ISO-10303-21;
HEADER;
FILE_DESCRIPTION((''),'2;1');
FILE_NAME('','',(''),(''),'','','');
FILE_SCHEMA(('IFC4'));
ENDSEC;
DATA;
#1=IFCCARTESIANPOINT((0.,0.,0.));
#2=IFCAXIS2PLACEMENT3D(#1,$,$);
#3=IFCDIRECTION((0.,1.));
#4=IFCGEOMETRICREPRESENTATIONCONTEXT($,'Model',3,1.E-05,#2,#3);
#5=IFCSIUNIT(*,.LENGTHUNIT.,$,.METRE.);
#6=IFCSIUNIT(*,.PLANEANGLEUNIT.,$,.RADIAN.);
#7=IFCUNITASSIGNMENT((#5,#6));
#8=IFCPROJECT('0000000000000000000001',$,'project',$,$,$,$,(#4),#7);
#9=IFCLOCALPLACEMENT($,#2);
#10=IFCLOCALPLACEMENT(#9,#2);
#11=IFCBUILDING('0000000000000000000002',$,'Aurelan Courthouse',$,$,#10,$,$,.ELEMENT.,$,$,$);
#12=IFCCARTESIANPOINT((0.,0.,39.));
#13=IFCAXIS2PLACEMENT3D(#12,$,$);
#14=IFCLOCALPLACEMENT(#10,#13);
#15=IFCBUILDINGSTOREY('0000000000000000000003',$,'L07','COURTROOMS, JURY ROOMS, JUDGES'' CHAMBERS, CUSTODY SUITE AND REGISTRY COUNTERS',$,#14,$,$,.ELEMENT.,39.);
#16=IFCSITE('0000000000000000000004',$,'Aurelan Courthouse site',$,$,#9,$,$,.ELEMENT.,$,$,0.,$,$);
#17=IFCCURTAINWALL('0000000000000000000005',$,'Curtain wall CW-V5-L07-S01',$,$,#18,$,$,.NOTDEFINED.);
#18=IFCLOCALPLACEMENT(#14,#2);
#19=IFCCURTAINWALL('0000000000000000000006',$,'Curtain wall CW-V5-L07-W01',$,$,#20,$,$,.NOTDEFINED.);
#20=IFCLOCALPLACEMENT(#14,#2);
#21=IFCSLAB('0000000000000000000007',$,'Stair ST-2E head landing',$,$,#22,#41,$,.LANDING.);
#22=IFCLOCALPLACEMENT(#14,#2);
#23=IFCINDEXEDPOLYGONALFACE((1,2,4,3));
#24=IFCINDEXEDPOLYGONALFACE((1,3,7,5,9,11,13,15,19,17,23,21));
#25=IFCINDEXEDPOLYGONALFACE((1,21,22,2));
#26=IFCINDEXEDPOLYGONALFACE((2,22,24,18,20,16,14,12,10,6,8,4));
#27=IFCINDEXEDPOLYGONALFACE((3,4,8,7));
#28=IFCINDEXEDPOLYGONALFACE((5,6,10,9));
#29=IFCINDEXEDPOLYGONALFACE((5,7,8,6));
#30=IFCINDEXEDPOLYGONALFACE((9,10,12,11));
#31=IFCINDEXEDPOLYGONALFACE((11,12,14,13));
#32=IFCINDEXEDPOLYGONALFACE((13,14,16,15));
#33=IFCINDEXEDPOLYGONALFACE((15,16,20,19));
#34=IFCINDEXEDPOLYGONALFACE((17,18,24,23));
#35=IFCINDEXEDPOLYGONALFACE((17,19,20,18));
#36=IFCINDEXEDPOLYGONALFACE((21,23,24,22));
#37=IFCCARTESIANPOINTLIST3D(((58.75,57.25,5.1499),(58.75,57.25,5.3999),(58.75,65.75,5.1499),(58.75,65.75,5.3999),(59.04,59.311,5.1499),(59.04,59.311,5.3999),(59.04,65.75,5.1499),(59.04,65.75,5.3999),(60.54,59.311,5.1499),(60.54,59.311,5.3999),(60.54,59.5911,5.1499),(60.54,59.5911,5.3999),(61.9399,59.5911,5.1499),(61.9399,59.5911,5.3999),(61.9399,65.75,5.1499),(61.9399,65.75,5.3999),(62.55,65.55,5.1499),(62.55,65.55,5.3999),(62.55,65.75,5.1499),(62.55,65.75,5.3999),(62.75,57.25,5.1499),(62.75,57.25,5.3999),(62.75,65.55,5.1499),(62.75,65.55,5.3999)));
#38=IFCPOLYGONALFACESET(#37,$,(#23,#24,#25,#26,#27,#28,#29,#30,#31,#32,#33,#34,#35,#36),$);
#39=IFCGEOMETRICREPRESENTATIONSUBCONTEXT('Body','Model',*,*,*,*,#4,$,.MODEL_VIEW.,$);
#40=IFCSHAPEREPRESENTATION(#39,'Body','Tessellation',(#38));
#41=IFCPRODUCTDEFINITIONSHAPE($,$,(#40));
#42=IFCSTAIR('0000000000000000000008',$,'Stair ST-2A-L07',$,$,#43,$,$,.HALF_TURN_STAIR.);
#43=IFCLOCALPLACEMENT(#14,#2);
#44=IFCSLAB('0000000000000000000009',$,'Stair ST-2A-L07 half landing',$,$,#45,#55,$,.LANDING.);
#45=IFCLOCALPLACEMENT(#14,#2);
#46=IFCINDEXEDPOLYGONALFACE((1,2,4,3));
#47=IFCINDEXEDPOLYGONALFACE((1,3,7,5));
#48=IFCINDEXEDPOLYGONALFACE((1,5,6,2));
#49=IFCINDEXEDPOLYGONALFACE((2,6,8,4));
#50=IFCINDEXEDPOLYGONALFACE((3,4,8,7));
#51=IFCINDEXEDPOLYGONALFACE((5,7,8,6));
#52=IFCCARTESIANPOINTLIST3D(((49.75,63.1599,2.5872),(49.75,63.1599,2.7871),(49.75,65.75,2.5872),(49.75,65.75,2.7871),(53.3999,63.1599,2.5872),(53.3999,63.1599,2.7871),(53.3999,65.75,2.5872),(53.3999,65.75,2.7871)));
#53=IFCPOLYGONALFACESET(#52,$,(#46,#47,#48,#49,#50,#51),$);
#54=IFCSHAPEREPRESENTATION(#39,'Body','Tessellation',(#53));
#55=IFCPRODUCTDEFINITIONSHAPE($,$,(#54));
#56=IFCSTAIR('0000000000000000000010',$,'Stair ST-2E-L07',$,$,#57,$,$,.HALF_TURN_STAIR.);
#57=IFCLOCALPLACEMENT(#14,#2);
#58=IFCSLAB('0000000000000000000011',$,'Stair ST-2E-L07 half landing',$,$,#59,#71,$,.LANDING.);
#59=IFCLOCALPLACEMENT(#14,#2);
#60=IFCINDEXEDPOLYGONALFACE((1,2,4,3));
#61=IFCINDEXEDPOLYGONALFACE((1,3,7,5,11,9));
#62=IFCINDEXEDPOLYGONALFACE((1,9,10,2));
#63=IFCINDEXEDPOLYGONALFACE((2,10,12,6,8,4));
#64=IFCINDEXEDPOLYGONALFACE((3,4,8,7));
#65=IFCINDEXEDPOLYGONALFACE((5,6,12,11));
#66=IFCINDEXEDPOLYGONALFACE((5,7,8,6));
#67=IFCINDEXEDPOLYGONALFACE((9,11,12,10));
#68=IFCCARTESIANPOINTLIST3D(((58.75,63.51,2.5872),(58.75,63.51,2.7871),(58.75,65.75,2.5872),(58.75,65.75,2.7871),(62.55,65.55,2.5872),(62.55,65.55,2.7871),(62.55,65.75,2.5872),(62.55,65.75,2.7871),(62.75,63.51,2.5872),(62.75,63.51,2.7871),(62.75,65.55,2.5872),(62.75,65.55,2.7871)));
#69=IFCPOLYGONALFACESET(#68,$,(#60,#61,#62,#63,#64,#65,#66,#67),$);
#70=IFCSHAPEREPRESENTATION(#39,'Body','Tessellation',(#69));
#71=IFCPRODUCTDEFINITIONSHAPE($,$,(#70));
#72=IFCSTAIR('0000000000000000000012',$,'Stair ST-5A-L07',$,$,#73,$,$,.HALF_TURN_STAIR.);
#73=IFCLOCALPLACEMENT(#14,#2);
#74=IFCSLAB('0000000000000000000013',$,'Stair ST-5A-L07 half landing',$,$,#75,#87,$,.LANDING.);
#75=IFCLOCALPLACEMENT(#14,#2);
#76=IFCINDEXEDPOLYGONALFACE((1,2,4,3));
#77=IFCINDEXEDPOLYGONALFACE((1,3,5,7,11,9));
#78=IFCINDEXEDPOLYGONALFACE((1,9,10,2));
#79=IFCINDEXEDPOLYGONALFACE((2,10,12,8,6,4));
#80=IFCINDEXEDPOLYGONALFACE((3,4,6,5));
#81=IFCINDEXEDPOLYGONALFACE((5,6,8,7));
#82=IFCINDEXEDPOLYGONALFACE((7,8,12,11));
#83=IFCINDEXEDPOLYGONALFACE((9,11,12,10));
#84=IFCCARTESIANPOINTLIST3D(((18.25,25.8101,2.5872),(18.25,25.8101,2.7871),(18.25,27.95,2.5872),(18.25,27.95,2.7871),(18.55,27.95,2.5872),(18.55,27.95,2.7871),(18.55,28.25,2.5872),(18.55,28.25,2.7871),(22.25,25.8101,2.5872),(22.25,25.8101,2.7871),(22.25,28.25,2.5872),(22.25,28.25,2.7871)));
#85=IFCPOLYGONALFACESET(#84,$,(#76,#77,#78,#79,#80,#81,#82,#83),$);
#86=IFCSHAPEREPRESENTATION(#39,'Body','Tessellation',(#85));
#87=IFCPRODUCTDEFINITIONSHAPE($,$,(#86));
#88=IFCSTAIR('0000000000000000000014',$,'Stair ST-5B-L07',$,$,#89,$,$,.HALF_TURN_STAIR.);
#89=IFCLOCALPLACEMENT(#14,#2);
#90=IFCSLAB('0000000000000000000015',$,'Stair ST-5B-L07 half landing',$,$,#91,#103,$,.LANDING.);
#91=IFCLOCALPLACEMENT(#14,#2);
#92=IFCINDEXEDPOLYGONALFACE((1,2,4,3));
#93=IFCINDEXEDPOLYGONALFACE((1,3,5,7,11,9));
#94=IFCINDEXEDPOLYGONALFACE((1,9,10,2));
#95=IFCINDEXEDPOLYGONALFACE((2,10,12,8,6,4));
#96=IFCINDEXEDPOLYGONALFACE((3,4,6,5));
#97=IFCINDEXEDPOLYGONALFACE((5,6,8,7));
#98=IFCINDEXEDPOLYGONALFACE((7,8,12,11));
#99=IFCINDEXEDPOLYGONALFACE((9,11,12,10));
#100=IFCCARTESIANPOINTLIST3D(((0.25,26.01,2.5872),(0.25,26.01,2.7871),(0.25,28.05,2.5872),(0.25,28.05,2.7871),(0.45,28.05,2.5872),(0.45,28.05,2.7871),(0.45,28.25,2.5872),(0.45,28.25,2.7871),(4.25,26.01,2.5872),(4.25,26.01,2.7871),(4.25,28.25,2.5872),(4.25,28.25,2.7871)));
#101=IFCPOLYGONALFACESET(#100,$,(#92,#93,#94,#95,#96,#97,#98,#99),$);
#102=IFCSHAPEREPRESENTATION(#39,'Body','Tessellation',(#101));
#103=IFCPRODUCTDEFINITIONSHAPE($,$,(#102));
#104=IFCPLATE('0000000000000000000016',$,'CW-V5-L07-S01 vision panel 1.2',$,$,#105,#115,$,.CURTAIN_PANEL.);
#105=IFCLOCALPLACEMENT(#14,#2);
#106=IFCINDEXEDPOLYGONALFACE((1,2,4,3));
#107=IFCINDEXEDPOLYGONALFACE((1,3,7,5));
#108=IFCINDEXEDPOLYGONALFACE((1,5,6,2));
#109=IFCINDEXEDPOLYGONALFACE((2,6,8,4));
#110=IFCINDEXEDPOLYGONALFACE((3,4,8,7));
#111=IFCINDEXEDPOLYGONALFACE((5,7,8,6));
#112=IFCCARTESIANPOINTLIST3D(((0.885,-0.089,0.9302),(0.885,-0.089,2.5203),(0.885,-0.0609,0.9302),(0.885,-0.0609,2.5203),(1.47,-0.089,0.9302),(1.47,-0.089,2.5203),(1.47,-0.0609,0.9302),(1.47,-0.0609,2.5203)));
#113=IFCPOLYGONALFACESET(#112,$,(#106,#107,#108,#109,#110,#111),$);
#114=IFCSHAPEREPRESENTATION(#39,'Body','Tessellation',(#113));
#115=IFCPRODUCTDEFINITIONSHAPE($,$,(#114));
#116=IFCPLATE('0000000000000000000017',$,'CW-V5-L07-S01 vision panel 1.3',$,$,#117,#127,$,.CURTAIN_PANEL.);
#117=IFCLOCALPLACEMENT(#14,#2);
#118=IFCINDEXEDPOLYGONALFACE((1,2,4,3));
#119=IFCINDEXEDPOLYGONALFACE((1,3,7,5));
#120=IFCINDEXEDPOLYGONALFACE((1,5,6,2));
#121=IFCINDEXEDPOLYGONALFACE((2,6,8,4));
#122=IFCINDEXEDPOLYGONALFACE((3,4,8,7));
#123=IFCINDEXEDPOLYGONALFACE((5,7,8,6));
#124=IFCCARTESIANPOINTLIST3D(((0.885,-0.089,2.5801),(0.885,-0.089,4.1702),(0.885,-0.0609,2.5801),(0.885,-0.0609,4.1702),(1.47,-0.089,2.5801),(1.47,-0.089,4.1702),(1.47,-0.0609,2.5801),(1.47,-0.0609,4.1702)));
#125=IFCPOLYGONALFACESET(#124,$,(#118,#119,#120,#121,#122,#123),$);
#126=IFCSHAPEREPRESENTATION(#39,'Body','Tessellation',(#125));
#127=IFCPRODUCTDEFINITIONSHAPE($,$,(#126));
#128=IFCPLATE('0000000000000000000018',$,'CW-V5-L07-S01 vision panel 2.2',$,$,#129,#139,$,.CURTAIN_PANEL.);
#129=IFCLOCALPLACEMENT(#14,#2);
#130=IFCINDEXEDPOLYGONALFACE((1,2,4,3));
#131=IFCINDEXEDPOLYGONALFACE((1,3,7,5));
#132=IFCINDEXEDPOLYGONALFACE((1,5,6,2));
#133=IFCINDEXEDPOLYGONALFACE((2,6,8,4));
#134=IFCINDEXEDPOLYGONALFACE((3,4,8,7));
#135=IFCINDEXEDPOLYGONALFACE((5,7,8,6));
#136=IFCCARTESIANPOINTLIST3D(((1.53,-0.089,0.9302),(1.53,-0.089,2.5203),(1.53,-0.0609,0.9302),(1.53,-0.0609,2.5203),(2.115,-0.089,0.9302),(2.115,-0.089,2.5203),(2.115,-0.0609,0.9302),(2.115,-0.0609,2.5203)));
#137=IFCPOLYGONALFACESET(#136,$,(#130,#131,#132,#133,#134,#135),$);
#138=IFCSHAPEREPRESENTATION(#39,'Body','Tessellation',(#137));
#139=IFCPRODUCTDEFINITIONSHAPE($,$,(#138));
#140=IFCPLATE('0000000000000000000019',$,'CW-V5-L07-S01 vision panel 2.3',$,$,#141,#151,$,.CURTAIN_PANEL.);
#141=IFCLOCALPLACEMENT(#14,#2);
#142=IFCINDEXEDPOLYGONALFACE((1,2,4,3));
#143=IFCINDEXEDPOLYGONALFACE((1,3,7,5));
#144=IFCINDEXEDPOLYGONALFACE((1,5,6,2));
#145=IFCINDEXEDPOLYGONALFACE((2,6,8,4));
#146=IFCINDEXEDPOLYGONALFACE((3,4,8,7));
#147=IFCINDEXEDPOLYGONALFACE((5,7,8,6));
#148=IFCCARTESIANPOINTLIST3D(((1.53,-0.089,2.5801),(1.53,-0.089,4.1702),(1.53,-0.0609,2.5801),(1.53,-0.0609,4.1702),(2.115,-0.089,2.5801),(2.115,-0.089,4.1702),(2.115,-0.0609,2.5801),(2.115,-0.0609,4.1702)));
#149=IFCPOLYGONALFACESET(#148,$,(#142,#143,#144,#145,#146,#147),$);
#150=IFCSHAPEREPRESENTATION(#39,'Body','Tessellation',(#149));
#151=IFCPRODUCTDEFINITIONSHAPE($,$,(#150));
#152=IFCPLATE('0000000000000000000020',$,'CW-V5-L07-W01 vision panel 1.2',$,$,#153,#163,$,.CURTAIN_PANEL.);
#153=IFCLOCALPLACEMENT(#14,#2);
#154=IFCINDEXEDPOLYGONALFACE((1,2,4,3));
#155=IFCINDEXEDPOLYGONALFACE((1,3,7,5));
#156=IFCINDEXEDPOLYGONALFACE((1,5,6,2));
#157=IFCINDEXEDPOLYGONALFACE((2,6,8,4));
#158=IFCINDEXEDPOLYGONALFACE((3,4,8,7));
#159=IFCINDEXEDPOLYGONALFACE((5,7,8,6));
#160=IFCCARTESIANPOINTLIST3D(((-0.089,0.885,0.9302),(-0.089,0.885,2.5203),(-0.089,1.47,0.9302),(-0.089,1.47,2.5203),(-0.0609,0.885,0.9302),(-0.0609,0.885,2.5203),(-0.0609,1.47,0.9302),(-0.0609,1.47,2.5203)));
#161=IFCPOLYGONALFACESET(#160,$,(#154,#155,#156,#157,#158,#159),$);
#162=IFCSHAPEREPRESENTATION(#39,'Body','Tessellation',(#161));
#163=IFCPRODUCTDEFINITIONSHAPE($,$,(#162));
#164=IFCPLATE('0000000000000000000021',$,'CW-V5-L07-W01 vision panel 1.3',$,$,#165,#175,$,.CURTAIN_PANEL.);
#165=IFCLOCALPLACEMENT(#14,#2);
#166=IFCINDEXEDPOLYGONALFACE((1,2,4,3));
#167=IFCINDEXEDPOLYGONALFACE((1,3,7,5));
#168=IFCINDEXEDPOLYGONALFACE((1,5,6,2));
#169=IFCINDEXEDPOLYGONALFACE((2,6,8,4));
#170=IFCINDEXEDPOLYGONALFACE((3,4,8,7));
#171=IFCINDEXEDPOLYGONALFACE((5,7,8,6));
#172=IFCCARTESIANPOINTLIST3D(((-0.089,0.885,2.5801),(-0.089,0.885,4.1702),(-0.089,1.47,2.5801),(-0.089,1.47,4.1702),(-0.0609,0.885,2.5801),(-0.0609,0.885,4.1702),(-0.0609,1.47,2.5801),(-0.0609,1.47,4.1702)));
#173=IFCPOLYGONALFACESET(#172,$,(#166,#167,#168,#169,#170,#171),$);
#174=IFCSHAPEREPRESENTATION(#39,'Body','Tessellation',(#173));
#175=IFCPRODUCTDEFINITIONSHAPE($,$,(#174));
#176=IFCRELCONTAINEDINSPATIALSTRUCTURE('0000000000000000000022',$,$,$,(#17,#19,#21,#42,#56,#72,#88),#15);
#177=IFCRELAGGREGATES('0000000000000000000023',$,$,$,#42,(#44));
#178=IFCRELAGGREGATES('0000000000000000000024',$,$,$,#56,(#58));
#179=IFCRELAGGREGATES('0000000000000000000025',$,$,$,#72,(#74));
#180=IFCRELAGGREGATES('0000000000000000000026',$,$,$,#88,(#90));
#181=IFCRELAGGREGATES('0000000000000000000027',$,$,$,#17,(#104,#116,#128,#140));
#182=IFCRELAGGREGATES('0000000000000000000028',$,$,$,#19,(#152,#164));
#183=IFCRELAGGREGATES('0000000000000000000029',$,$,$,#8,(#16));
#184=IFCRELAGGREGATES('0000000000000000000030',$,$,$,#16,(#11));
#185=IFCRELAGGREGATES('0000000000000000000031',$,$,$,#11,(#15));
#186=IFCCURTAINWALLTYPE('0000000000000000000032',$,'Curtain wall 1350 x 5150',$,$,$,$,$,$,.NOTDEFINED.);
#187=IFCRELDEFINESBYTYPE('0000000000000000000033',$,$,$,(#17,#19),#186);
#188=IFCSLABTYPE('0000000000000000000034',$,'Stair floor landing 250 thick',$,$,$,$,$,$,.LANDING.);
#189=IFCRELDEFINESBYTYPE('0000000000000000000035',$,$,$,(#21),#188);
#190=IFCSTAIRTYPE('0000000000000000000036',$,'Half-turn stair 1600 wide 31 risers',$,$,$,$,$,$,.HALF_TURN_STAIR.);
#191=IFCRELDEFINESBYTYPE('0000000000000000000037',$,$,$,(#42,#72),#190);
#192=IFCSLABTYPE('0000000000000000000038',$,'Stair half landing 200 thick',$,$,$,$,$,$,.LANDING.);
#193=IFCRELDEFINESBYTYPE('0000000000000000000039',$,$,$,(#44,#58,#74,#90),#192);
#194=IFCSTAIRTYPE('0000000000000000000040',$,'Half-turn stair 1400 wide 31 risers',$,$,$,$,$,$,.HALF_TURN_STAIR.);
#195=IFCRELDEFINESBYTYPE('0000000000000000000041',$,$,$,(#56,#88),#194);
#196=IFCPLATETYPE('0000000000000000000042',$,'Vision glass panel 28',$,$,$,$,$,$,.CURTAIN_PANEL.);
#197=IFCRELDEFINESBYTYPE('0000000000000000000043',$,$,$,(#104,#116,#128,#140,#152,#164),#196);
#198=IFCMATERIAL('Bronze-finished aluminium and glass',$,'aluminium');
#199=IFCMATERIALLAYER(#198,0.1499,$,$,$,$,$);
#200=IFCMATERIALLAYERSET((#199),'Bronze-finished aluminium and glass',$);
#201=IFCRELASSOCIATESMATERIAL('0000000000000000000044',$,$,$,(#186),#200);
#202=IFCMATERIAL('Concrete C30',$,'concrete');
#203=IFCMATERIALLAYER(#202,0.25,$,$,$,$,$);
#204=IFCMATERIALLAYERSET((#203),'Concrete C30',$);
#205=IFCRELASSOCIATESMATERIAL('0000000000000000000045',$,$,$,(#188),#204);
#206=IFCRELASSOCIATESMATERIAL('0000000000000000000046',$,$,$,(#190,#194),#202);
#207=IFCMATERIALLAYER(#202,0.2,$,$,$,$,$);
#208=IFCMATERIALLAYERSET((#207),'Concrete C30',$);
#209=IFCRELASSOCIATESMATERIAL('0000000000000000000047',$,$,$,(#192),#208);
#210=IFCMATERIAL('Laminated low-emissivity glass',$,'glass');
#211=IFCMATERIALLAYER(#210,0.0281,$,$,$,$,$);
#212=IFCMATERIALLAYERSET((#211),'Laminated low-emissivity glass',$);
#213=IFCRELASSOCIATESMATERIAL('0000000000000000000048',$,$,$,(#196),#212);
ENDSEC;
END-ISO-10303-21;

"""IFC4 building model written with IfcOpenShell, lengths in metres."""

from ifc_helpers import new_model, si_unit, direction, frame, origin, origin_2d, place, context, subcontext, project, spatial, polyline, rectangle, outline, extrude, material, layer, layer_set, type_object, element, aggregate, save


model = new_model("IFC4")

# Units and contexts
model_context = context("Model", 3, precision=1e-05, world=origin(), true_north=direction((0.0, 1.0)))
body_context = subcontext(model_context, "Body", "Model", "MODEL_VIEW")
ifc_project = project(units=[si_unit("LENGTHUNIT", "METRE"), si_unit("PLANEANGLEUNIT", "RADIAN")], contexts=[model_context])

# Site, building, storey
site_placement = place(None, origin())
site = spatial("IfcSite", under=ifc_project, at=site_placement, Name="Aurelan Courthouse site", CompositionType="ELEMENT", RefElevation=0.0)
building_placement = place(site_placement, origin())
building = spatial("IfcBuilding", under=site, at=building_placement, Name="Aurelan Courthouse", CompositionType="ELEMENT")
storey_placement = place(building_placement, frame((0.0, 0.0, 39.0)))
storey = spatial("IfcBuildingStorey", under=building, at=storey_placement, Name="L07", Description="COURTROOMS, JURY ROOMS, JUDGES' CHAMBERS, CUSTODY SUITE AND REGISTRY COUNTERS", CompositionType="ELEMENT", Elevation=39.0)

# Curtain walls
ifc_material_1 = material(Name="Bronze-finished aluminium and glass", Category="aluminium")
ifc_layer_1 = layer(ifc_material_1, 0.1499)
ifc_layer_set_1 = layer_set([ifc_layer_1], Name="Bronze-finished aluminium and glass")
curtain_wall_type = type_object("IfcCurtainWallType", Name="Curtain wall 1350 x 5150", PredefinedType="NOTDEFINED", material=ifc_layer_set_1)
curtain_wall_1_placement = place(storey_placement, origin())
curtain_wall_1 = element("IfcCurtainWall", 1, at=curtain_wall_1_placement, inside=storey, type_object=curtain_wall_type, Name="Curtain wall CW-V5-L07-S01", PredefinedType="NOTDEFINED")
curtain_wall_2_placement = place(storey_placement, origin())
curtain_wall_2 = element("IfcCurtainWall", 2, at=curtain_wall_2_placement, inside=storey, type_object=curtain_wall_type, Name="Curtain wall CW-V5-L07-W01", PredefinedType="NOTDEFINED")

# Slab
ifc_material_2 = material(Name="Concrete C30", Category="concrete")
ifc_layer_2 = layer(ifc_material_2, 0.25)
ifc_layer_set_2 = layer_set([ifc_layer_2], Name="Concrete C30")
slab_type_1 = type_object("IfcSlabType", Name="Stair floor landing 250 thick", PredefinedType="LANDING", material=ifc_layer_set_2)
slab_1_placement = place(storey_placement, frame((0.0, 0.0, 5.1499)))
element("IfcSlab", 3, at=slab_1_placement, inside=storey, type_object=slab_type_1, Name="Stair ST-2E head landing", PredefinedType="LANDING", context=body_context, shape_type="SweptSolid", body=[
    extrude(outline(polyline([(59.04, 59.311), (60.54, 59.311), (60.54, 59.5911), (61.9399, 59.5911), (61.9399, 65.75), (62.55, 65.75), (62.55, 65.55), (62.75, 65.55), (62.75, 57.25), (58.75, 57.25), (58.75, 65.75), (59.04, 65.75), (59.04, 59.311)])), origin(), (0.0, 0.0, 1.0), 0.25),
])

# Stairs, slabs
stair_type_1 = type_object("IfcStairType", Name="Half-turn stair 1600 wide 31 risers", PredefinedType="HALF_TURN_STAIR", material=ifc_material_2)
stair_1_placement = place(storey_placement, origin())
stair_1 = element("IfcStair", 4, at=stair_1_placement, inside=storey, type_object=stair_type_1, Name="Stair ST-2A-L07", PredefinedType="HALF_TURN_STAIR")
ifc_layer_3 = layer(ifc_material_2, 0.2)
ifc_layer_set_3 = layer_set([ifc_layer_3], Name="Concrete C30")
slab_type_2 = type_object("IfcSlabType", Name="Stair half landing 200 thick", PredefinedType="LANDING", material=ifc_layer_set_3)
slab_2_placement = place(storey_placement, frame((0.0, 0.0, 2.5872)))
slab_2 = element("IfcSlab", 5, at=slab_2_placement, type_object=slab_type_2, Name="Stair ST-2A-L07 half landing", PredefinedType="LANDING", context=body_context, shape_type="SweptSolid", body=[
    extrude(outline(polyline([(49.75, 63.1599), (49.75, 65.75), (53.3999, 65.75), (53.3999, 63.1599), (49.75, 63.1599)])), origin(), (0.0, 0.0, 1.0), 0.2),
])
aggregate(stair_1, [slab_2])
stair_type_2 = type_object("IfcStairType", Name="Half-turn stair 1400 wide 31 risers", PredefinedType="HALF_TURN_STAIR", material=ifc_material_2)
stair_2_placement = place(storey_placement, origin())
stair_2 = element("IfcStair", 6, at=stair_2_placement, inside=storey, type_object=stair_type_2, Name="Stair ST-2E-L07", PredefinedType="HALF_TURN_STAIR")
slab_3_placement = place(storey_placement, frame((0.0, 0.0, 2.5872)))
slab_3 = element("IfcSlab", 7, at=slab_3_placement, type_object=slab_type_2, Name="Stair ST-2E-L07 half landing", PredefinedType="LANDING", context=body_context, shape_type="SweptSolid", body=[
    extrude(outline(polyline([(58.75, 65.75), (62.55, 65.75), (62.55, 65.55), (62.75, 65.55), (62.75, 63.51), (58.75, 63.51), (58.75, 65.75)])), origin(), (0.0, 0.0, 1.0), 0.2),
])
aggregate(stair_2, [slab_3])
stair_3_placement = place(storey_placement, origin())
stair_3 = element("IfcStair", 8, at=stair_3_placement, inside=storey, type_object=stair_type_1, Name="Stair ST-5A-L07", PredefinedType="HALF_TURN_STAIR")
slab_4_placement = place(storey_placement, frame((0.0, 0.0, 2.5872)))
slab_4 = element("IfcSlab", 9, at=slab_4_placement, type_object=slab_type_2, Name="Stair ST-5A-L07 half landing", PredefinedType="LANDING", context=body_context, shape_type="SweptSolid", body=[
    extrude(outline(polyline([(18.25, 27.95), (18.55, 27.95), (18.55, 28.25), (22.25, 28.25), (22.25, 25.8101), (18.25, 25.8101), (18.25, 27.95)])), origin(), (0.0, 0.0, 1.0), 0.2),
])
aggregate(stair_3, [slab_4])
stair_4_placement = place(storey_placement, origin())
stair_4 = element("IfcStair", 10, at=stair_4_placement, inside=storey, type_object=stair_type_2, Name="Stair ST-5B-L07", PredefinedType="HALF_TURN_STAIR")
slab_5_placement = place(storey_placement, frame((0.0, 0.0, 2.5872)))
slab_5 = element("IfcSlab", 11, at=slab_5_placement, type_object=slab_type_2, Name="Stair ST-5B-L07 half landing", PredefinedType="LANDING", context=body_context, shape_type="SweptSolid", body=[
    extrude(outline(polyline([(4.25, 28.25), (4.25, 26.01), (0.25, 26.01), (0.25, 28.05), (0.45, 28.05), (0.45, 28.25), (4.25, 28.25)])), origin(), (0.0, 0.0, 1.0), 0.2),
])
aggregate(stair_4, [slab_5])

# Plates
ifc_material_3 = material(Name="Laminated low-emissivity glass", Category="glass")
ifc_layer_4 = layer(ifc_material_3, 0.0281)
ifc_layer_set_4 = layer_set([ifc_layer_4], Name="Laminated low-emissivity glass")
plate_type_1 = type_object("IfcPlateType", Name="Vision glass panel 28", PredefinedType="CURTAIN_PANEL", material=ifc_layer_set_4)
plate_1_placement = place(storey_placement, frame((1.1775, -0.075, 0.9302), z_axis=(0.0, 0.0, 1.0), x_axis=(1.0, 0.0, 0.0)))
plate_1 = element("IfcPlate", 12, at=plate_1_placement, type_object=plate_type_1, Name="CW-V5-L07-S01 vision panel 1.2", PredefinedType="CURTAIN_PANEL", context=body_context, shape_type="SweptSolid", body=[
    extrude(rectangle(XDim=0.585, YDim=0.0281, at=origin_2d()), origin(), (0.0, 0.0, 1.0), 1.5901),
])
plate_2_placement = place(storey_placement, frame((1.1775, -0.075, 2.5801), z_axis=(0.0, 0.0, 1.0), x_axis=(1.0, 0.0, 0.0)))
plate_2 = element("IfcPlate", 13, at=plate_2_placement, type_object=plate_type_1, Name="CW-V5-L07-S01 vision panel 1.3", PredefinedType="CURTAIN_PANEL", context=body_context, shape_type="SweptSolid", body=[
    extrude(rectangle(XDim=0.585, YDim=0.0281, at=origin_2d()), origin(), (0.0, 0.0, 1.0), 1.5901),
])
plate_3_placement = place(storey_placement, frame((1.8225, -0.075, 0.9302), z_axis=(0.0, 0.0, 1.0), x_axis=(1.0, 0.0, 0.0)))
plate_3 = element("IfcPlate", 14, at=plate_3_placement, type_object=plate_type_1, Name="CW-V5-L07-S01 vision panel 2.2", PredefinedType="CURTAIN_PANEL", context=body_context, shape_type="SweptSolid", body=[
    extrude(rectangle(XDim=0.585, YDim=0.0281, at=origin_2d()), origin(), (0.0, 0.0, 1.0), 1.5901),
])
plate_4_placement = place(storey_placement, frame((1.8225, -0.075, 2.5801), z_axis=(0.0, 0.0, 1.0), x_axis=(1.0, 0.0, 0.0)))
plate_4 = element("IfcPlate", 15, at=plate_4_placement, type_object=plate_type_1, Name="CW-V5-L07-S01 vision panel 2.3", PredefinedType="CURTAIN_PANEL", context=body_context, shape_type="SweptSolid", body=[
    extrude(rectangle(XDim=0.585, YDim=0.0281, at=origin_2d()), origin(), (0.0, 0.0, 1.0), 1.5901),
])
aggregate(curtain_wall_1, [plate_1, plate_2, plate_3, plate_4])
plate_5_placement = place(storey_placement, frame((-0.075, 1.1775, 0.9302), z_axis=(0.0, 0.0, 1.0), x_axis=(0.0, 1.0, 0.0)))
plate_5 = element("IfcPlate", 16, at=plate_5_placement, type_object=plate_type_1, Name="CW-V5-L07-W01 vision panel 1.2", PredefinedType="CURTAIN_PANEL", context=body_context, shape_type="SweptSolid", body=[
    extrude(rectangle(XDim=0.585, YDim=0.0281, at=origin_2d()), origin(), (0.0, 0.0, 1.0), 1.5901),
])
plate_6_placement = place(storey_placement, frame((-0.075, 1.1775, 2.5801), z_axis=(0.0, 0.0, 1.0), x_axis=(0.0, 1.0, 0.0)))
plate_6 = element("IfcPlate", 17, at=plate_6_placement, type_object=plate_type_1, Name="CW-V5-L07-W01 vision panel 1.3", PredefinedType="CURTAIN_PANEL", context=body_context, shape_type="SweptSolid", body=[
    extrude(rectangle(XDim=0.585, YDim=0.0281, at=origin_2d()), origin(), (0.0, 0.0, 1.0), 1.5901),
])
aggregate(curtain_wall_2, [plate_5, plate_6])

save(model, "model.ifc")
